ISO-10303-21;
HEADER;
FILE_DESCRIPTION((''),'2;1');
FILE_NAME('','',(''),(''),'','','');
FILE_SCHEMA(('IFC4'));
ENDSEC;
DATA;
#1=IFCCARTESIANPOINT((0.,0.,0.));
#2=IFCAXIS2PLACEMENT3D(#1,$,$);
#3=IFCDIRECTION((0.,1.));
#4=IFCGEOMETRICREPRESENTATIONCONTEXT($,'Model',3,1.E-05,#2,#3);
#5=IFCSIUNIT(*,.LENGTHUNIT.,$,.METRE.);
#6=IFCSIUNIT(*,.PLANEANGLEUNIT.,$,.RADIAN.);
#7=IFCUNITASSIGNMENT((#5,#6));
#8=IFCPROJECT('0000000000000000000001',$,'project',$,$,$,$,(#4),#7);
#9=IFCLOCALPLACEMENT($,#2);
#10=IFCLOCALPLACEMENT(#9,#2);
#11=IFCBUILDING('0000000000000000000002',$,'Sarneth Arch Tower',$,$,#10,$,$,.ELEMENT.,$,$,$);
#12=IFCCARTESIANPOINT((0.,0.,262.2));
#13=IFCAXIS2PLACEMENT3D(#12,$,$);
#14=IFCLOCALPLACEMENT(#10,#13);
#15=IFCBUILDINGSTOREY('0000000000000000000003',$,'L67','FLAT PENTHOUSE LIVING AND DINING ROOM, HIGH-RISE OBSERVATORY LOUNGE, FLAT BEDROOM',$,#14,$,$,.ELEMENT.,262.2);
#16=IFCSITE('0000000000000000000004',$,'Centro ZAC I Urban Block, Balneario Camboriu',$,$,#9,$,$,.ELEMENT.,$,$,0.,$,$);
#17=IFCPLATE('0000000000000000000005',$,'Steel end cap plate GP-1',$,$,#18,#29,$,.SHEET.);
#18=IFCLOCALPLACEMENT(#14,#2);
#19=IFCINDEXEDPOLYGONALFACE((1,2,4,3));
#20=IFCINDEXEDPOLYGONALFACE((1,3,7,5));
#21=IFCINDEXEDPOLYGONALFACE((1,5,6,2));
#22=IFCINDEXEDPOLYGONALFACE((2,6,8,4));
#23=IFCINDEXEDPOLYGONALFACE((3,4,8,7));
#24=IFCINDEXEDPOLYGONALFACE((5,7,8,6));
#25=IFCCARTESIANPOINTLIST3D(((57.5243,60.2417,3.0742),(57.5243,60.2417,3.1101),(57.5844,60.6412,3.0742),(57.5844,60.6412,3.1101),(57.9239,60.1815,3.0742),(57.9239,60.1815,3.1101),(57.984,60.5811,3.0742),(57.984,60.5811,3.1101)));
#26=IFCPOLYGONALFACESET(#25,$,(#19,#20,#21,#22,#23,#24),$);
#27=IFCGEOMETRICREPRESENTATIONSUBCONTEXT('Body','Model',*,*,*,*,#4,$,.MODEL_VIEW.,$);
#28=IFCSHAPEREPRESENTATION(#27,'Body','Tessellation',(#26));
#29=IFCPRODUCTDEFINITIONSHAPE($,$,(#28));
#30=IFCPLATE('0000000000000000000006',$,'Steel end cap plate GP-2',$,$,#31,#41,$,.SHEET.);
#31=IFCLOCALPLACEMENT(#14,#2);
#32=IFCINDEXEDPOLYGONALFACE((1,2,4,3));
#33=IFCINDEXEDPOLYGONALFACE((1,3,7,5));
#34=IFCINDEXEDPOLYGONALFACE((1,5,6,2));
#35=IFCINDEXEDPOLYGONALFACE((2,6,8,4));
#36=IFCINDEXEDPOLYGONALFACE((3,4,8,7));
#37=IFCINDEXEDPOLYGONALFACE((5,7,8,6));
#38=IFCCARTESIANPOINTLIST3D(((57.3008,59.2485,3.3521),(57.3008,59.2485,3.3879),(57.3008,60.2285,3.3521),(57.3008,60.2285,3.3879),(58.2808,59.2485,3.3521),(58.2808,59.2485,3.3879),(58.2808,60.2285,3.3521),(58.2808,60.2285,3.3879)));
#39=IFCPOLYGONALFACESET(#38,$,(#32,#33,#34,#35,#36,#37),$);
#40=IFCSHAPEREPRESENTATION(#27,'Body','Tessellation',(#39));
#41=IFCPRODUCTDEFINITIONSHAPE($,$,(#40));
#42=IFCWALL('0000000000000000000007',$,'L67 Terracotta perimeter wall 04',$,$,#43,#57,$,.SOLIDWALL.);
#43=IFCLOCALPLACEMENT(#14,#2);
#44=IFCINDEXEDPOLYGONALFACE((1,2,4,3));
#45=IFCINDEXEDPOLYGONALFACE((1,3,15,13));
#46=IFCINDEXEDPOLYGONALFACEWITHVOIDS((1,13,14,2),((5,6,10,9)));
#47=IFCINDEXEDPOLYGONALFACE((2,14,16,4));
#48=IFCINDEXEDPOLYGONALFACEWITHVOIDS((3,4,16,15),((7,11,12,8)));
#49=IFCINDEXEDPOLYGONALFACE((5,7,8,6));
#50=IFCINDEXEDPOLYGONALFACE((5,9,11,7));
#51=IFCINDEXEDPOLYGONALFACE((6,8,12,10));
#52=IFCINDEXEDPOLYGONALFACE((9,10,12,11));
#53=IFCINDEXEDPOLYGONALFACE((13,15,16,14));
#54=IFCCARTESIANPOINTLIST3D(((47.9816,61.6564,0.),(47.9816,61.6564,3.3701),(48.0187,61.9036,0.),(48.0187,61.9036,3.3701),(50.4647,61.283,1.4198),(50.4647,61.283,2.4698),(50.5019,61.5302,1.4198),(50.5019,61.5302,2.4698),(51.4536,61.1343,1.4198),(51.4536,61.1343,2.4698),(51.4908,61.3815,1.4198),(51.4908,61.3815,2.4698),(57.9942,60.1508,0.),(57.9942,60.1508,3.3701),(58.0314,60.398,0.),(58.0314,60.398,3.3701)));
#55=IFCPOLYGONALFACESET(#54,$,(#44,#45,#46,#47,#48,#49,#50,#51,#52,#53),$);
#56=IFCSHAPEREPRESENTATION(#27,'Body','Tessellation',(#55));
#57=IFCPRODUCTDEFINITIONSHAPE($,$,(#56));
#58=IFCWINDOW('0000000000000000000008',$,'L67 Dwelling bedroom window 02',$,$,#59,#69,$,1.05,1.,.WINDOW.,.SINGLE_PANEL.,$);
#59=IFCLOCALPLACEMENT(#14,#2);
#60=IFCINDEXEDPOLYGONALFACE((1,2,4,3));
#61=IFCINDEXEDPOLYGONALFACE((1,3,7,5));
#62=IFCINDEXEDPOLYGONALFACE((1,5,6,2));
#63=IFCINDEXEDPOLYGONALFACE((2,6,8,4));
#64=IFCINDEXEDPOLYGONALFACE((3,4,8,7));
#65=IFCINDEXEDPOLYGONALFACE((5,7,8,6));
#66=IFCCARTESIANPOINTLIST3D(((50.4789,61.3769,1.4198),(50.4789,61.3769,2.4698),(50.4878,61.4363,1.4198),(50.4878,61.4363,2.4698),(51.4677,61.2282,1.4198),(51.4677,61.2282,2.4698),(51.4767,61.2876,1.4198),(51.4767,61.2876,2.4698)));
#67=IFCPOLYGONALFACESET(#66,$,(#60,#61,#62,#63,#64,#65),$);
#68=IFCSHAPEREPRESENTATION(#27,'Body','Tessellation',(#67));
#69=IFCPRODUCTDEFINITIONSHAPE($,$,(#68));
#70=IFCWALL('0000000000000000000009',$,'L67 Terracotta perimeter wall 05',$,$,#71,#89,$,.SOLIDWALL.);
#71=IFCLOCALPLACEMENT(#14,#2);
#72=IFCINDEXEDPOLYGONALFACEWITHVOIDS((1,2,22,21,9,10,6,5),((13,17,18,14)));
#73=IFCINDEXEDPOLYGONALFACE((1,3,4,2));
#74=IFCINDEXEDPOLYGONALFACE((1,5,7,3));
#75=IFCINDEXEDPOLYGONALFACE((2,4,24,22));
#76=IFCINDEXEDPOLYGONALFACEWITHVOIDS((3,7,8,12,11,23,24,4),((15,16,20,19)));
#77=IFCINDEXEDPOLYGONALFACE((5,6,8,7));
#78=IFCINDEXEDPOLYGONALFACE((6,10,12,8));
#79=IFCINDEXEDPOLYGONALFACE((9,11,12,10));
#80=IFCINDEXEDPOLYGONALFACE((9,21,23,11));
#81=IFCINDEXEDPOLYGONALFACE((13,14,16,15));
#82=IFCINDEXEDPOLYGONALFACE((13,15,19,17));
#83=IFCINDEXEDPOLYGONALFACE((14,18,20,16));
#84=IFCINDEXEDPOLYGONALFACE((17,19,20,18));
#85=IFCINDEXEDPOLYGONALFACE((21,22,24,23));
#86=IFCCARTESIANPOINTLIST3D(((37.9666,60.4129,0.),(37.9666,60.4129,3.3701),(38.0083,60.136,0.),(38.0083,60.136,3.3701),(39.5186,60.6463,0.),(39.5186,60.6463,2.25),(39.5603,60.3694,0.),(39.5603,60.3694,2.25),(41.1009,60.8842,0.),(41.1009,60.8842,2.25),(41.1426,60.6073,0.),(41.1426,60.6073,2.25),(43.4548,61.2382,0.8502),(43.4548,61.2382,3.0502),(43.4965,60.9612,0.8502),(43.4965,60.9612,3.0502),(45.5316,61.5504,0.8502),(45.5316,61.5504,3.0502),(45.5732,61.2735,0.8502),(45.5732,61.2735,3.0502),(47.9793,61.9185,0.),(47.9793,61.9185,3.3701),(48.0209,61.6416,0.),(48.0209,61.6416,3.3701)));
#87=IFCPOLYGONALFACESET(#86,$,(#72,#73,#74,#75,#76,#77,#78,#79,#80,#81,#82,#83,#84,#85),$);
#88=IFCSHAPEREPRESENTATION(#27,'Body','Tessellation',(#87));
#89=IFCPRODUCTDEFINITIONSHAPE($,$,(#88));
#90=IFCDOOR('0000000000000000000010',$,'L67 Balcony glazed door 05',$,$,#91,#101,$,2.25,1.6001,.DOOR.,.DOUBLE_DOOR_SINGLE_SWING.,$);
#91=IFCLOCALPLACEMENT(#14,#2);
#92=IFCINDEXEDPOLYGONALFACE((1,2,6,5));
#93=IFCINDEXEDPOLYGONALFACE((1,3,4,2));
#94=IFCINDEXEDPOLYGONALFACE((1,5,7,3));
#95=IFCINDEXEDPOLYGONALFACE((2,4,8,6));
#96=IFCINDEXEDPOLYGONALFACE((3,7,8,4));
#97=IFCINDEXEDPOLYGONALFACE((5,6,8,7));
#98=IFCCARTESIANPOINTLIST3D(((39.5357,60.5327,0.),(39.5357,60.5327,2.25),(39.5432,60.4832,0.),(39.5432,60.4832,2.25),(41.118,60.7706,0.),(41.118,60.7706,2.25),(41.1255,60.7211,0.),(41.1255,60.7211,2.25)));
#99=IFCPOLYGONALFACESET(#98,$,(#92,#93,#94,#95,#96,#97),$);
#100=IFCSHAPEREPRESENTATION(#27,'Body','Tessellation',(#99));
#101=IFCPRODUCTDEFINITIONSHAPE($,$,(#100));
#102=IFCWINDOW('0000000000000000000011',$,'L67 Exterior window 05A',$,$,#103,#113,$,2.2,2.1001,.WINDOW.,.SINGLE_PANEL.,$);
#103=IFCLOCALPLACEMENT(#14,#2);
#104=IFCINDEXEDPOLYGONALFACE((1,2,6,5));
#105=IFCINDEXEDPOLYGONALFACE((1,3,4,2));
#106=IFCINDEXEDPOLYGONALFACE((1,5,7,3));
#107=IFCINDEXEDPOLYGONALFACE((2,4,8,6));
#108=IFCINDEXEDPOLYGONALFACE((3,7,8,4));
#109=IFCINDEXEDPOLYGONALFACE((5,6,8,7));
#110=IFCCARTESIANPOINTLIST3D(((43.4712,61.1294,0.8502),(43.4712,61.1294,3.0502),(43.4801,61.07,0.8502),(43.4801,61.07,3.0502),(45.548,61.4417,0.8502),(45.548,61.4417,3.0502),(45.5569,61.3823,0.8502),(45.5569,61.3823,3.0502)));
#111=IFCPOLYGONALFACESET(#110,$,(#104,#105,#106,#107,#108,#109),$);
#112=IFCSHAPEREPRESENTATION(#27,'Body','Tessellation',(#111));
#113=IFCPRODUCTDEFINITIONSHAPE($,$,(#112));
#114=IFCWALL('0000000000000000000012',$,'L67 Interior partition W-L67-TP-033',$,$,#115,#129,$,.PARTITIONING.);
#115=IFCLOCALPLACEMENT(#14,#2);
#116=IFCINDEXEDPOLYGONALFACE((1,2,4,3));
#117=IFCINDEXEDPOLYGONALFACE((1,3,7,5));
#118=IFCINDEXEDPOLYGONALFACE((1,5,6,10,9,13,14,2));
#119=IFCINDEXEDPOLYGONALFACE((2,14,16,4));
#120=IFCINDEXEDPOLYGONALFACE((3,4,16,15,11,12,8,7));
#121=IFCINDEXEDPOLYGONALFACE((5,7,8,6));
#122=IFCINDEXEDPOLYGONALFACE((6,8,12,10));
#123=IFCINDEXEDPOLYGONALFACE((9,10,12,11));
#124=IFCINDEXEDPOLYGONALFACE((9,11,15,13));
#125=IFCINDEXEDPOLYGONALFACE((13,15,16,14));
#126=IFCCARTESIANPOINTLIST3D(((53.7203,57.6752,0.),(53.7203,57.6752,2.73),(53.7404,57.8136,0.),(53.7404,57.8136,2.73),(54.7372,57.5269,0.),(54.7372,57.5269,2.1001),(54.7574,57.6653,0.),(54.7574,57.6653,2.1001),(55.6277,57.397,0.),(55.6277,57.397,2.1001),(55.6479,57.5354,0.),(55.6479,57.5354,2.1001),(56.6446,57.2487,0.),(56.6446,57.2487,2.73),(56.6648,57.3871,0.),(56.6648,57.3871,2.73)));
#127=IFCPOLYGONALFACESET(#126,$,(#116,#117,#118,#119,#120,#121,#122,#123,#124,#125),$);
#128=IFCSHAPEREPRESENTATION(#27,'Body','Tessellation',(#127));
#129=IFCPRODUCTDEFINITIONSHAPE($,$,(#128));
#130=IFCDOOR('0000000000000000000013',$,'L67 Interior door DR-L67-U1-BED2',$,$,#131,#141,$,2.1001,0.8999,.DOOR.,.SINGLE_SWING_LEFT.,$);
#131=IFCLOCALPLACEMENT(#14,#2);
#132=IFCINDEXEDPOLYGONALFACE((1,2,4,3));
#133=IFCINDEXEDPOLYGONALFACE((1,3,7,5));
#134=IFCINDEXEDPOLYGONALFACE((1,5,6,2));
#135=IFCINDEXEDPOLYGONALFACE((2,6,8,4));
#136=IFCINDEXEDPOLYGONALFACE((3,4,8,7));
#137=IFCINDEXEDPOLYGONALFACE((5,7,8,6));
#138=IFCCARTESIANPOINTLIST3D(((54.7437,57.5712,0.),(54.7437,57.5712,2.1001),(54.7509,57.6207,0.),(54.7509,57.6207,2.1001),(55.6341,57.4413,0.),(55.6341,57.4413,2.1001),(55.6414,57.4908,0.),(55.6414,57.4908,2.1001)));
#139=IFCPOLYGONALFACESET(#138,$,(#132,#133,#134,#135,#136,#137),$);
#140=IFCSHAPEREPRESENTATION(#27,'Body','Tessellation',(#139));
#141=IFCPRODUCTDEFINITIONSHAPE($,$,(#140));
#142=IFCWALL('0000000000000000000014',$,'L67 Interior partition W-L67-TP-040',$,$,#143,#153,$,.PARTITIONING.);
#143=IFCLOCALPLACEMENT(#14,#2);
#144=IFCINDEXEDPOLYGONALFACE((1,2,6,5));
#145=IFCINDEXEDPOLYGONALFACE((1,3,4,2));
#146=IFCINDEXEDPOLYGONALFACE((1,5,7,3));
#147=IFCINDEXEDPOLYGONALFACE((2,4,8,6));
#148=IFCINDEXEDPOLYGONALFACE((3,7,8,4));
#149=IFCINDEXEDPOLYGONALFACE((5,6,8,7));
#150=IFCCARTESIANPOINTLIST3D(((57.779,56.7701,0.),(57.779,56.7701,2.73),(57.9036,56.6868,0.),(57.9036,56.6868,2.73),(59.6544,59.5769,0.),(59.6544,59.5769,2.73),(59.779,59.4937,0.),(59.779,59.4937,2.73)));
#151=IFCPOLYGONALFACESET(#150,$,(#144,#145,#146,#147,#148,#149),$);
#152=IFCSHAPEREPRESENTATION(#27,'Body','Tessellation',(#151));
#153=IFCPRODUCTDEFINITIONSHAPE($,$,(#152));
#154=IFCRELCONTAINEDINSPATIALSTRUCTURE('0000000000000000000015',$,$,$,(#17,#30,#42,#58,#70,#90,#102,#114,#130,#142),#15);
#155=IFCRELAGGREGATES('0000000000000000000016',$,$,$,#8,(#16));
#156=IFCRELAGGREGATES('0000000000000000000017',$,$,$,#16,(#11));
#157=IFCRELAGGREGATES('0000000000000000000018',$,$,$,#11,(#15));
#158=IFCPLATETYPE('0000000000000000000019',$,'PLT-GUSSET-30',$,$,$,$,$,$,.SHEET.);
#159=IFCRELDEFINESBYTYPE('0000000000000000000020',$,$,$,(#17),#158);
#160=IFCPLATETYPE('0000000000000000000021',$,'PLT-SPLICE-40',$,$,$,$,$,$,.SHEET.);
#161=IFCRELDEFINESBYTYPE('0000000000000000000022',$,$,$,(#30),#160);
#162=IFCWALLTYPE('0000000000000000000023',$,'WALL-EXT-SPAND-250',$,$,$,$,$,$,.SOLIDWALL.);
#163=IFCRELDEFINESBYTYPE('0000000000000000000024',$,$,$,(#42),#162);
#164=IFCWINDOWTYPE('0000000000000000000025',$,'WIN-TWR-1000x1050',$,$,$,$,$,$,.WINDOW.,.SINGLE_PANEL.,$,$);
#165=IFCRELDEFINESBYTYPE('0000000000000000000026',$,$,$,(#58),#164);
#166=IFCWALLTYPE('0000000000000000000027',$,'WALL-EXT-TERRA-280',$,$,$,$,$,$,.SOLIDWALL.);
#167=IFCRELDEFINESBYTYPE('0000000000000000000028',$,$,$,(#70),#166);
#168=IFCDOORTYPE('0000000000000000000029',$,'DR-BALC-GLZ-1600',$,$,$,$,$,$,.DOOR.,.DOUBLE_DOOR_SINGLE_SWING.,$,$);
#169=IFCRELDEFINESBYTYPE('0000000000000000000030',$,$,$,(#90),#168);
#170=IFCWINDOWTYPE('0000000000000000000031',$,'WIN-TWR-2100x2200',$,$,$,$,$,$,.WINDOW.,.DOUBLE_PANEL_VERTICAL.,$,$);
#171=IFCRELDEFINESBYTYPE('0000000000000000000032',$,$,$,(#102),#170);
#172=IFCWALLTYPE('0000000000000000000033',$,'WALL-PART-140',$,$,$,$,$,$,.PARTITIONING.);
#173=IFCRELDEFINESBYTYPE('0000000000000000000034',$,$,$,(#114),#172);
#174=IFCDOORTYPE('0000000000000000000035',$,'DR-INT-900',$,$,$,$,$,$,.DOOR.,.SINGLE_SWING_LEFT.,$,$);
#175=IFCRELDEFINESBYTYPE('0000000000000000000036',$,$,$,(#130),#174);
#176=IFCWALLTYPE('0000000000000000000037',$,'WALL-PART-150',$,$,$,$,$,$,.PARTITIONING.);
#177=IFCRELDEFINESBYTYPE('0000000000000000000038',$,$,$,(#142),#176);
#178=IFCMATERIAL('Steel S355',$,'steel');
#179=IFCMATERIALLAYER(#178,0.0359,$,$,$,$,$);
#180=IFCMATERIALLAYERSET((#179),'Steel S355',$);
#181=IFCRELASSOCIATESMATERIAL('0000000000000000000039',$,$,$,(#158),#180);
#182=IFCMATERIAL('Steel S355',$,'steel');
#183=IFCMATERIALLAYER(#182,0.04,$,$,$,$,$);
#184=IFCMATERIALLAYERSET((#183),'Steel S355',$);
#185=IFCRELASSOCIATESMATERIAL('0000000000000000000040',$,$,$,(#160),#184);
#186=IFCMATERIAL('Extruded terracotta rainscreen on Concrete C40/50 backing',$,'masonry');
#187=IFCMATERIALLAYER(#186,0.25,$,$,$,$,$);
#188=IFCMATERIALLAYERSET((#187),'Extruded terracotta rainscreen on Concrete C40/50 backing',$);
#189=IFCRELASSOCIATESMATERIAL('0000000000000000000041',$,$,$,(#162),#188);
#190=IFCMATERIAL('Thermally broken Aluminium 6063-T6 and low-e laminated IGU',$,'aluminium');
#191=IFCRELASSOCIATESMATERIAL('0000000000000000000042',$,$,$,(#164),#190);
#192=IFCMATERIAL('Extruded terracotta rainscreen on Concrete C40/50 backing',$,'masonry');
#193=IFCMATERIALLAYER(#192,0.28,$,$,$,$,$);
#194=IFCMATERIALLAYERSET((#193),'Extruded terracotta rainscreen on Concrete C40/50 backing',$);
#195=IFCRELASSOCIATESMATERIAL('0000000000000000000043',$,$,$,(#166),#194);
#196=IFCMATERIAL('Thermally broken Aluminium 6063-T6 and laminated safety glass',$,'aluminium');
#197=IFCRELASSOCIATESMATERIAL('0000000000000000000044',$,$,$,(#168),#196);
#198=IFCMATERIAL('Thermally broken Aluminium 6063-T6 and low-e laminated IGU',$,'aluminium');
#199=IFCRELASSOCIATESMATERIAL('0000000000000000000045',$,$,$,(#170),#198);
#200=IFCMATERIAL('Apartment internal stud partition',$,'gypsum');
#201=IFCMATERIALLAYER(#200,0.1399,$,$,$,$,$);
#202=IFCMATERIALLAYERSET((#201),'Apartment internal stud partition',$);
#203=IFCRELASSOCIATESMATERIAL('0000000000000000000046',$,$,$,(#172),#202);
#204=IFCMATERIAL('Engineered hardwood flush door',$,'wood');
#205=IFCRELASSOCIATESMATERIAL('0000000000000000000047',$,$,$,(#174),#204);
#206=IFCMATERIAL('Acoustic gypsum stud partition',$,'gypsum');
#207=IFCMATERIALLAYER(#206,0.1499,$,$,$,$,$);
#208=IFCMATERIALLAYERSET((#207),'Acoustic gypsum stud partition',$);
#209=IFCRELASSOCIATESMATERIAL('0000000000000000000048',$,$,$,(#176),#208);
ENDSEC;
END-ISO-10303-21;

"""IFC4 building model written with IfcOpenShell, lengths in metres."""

from ifc_helpers import new_model, si_unit, direction, frame, frame_2d, origin, origin_2d, place, context, subcontext, project, spatial, rectangle, extrude, material, layer, layer_set, type_object, element, fill, save


model = new_model("IFC4")

# Units and contexts
model_context = context("Model", 3, precision=1e-05, world=origin(), true_north=direction((0.0, 1.0)))
body_context = subcontext(model_context, "Body", "Model", "MODEL_VIEW")
ifc_project = project(units=[si_unit("LENGTHUNIT", "METRE"), si_unit("PLANEANGLEUNIT", "RADIAN")], contexts=[model_context])

# Site, building, storey
site_placement = place(None, origin())
site = spatial("IfcSite", under=ifc_project, at=site_placement, Name="Centro ZAC I Urban Block, Balneario Camboriu", CompositionType="ELEMENT", RefElevation=0.0)
building_placement = place(site_placement, origin())
building = spatial("IfcBuilding", under=site, at=building_placement, Name="Sarneth Arch Tower", CompositionType="ELEMENT")
storey_placement = place(building_placement, frame((0.0, 0.0, 262.2)))
storey = spatial("IfcBuildingStorey", under=building, at=storey_placement, Name="L67", Description="FLAT PENTHOUSE LIVING AND DINING ROOM, HIGH-RISE OBSERVATORY LOUNGE, FLAT BEDROOM", CompositionType="ELEMENT", Elevation=262.2)

# Plates
ifc_material_1 = material(Name="Steel S355", Category="steel")
ifc_layer_1 = layer(ifc_material_1, 0.0359)
ifc_layer_set_1 = layer_set([ifc_layer_1], Name="Steel S355")
plate_type_1 = type_object("IfcPlateType", Name="PLT-GUSSET-30", PredefinedType="SHEET", material=ifc_layer_set_1)
for number, where, z_axis, x_axis, name in (
    (1, (57.7542, 60.4114, 3.0742), (0.0, 0.0, 1.0), (-0.988861, 0.148845, 0.0), "Steel end cap plate GP-1"),
):
    element("IfcPlate", number, at=place(storey_placement, frame(where, z_axis=z_axis, x_axis=x_axis)), inside=storey, type_object=plate_type_1, Name=name, PredefinedType="SHEET", context=body_context, shape_type="SweptSolid", body=[
        extrude(rectangle(XDim=0.4041, YDim=0.4041, at=origin_2d()), origin(), (0.0, 0.0, 1.0), 0.0359),
    ])
ifc_material_2 = material(Name="Steel S355", Category="steel")
ifc_layer_2 = layer(ifc_material_2, 0.04)
ifc_layer_set_2 = layer_set([ifc_layer_2], Name="Steel S355")
plate_type_2 = type_object("IfcPlateType", Name="PLT-SPLICE-40", PredefinedType="SHEET", material=ifc_layer_set_2)
plate_placement = place(storey_placement, frame((57.7908, 59.7385, 3.3521), z_axis=(0.0, 0.0, 1.0), x_axis=(1.0, 0.0, 0.0)))
element("IfcPlate", 2, at=plate_placement, inside=storey, type_object=plate_type_2, Name="Steel end cap plate GP-2", PredefinedType="SHEET", context=body_context, shape_type="SweptSolid", body=[
    extrude(rectangle(XDim=0.98, YDim=0.98, at=origin_2d()), origin(), (0.0, 0.0, 1.0), 0.0359),
])

# Wall, opening, window
ifc_material_3 = material(Name="Extruded terracotta rainscreen on Concrete C40/50 backing", Category="masonry")
ifc_layer_3 = layer(ifc_material_3, 0.25)
ifc_layer_set_3 = layer_set([ifc_layer_3], Name="Extruded terracotta rainscreen on Concrete C40/50 backing")
wall_type_1 = type_object("IfcWallType", Name="WALL-EXT-SPAND-250", PredefinedType="SOLIDWALL", material=ifc_layer_set_3)
wall_1_placement = place(storey_placement, frame((58.0127, 60.2744, 0.0), z_axis=(0.0, 0.0, 1.0), x_axis=(-0.988883, 0.148699, 0.0)))
wall_1 = element("IfcWall", 3, at=wall_1_placement, inside=storey, type_object=wall_type_1, Name="L67 Terracotta perimeter wall 04", PredefinedType="SOLIDWALL", context=body_context, shape_type="SweptSolid", body=[
    extrude(rectangle(XDim=10.1252, YDim=0.25, at=frame_2d((5.0625, 0.0))), origin(), (0.0, 0.0, 1.0), 3.3701),
])
opening_1_placement = place(wall_1_placement, frame((6.614, 0.0, 1.4199)))
opening_1 = element("IfcOpeningElement", 4, at=opening_1_placement, cuts=wall_1, PredefinedType="OPENING", context=body_context, shape_type="SweptSolid", body=[
    extrude(rectangle(XDim=1.0, YDim=1.05, at=frame_2d((0.5, 0.5249))), frame((0.0, 0.135, 0.0), z_axis=(0.0, -1.0, 0.0), x_axis=(1.0, 0.0, 0.0)), (0.0, 0.0, 1.0), 0.27),
])
ifc_material_4 = material(Name="Thermally broken Aluminium 6063-T6 and low-e laminated IGU", Category="aluminium")
window_type_1 = type_object("IfcWindowType", Name="WIN-TWR-1000x1050", PartitioningType="SINGLE_PANEL", PredefinedType="WINDOW", material=ifc_material_4)
window_1_placement = place(opening_1_placement, origin())
window_1 = element("IfcWindow", 5, at=window_1_placement, inside=storey, type_object=window_type_1, Name="L67 Dwelling bedroom window 02", OverallHeight=1.05, OverallWidth=1.0, PartitioningType="SINGLE_PANEL", PredefinedType="WINDOW", context=body_context, shape_type="SweptSolid", body=[
    extrude(rectangle(XDim=1.0, YDim=1.05, at=frame_2d((0.5, 0.5249))), frame((0.0, 0.03, 0.0), z_axis=(0.0, -1.0, 0.0), x_axis=(1.0, 0.0, 0.0)), (0.0, 0.0, 1.0), 0.0601),
])
fill(opening_1, window_1)

# Wall, openings, door, window
ifc_material_5 = material(Name="Extruded terracotta rainscreen on Concrete C40/50 backing", Category="masonry")
ifc_layer_4 = layer(ifc_material_5, 0.28)
ifc_layer_set_4 = layer_set([ifc_layer_4], Name="Extruded terracotta rainscreen on Concrete C40/50 backing")
wall_type_2 = type_object("IfcWallType", Name="WALL-EXT-TERRA-280", PredefinedType="SOLIDWALL", material=ifc_layer_set_4)
wall_2_placement = place(storey_placement, frame((48.0, 61.78, 0.0), z_axis=(0.0, 0.0, 1.0), x_axis=(-0.988883, -0.148699, 0.0)))
wall_2 = element("IfcWall", 6, at=wall_2_placement, inside=storey, type_object=wall_type_2, Name="L67 Terracotta perimeter wall 05", PredefinedType="SOLIDWALL", context=body_context, shape_type="SweptSolid", body=[
    extrude(rectangle(XDim=10.1252, YDim=0.28, at=frame_2d((5.0625, 0.0))), origin(), (0.0, 0.0, 1.0), 3.3701),
])
opening_2_placement = place(wall_2_placement, frame((2.4751, 0.0, 0.8501)))
opening_2 = element("IfcOpeningElement", 7, at=opening_2_placement, cuts=wall_2, PredefinedType="OPENING", context=body_context, shape_type="SweptSolid", body=[
    extrude(rectangle(XDim=2.1001, YDim=2.2, at=frame_2d((1.05, 1.1001))), frame((0.0, 0.1499, 0.0), z_axis=(0.0, -1.0, 0.0), x_axis=(1.0, 0.0, 0.0)), (0.0, 0.0, 1.0), 0.3),
])
opening_3_placement = place(wall_2_placement, frame((6.9556, 0.0, 0.0)))
opening_3 = element("IfcOpeningElement", 8, at=opening_3_placement, cuts=wall_2, PredefinedType="OPENING", context=body_context, shape_type="SweptSolid", body=[
    extrude(rectangle(XDim=1.6001, YDim=2.25, at=frame_2d((0.8, 1.125))), frame((0.0, 0.1499, 0.0), z_axis=(0.0, -1.0, 0.0), x_axis=(1.0, 0.0, 0.0)), (0.0, 0.0, 1.0), 0.3),
])
ifc_material_6 = material(Name="Thermally broken Aluminium 6063-T6 and laminated safety glass", Category="aluminium")
door_type_1 = type_object("IfcDoorType", Name="DR-BALC-GLZ-1600", OperationType="DOUBLE_DOOR_SINGLE_SWING", PredefinedType="DOOR", material=ifc_material_6)
door_1_placement = place(opening_3_placement, origin())
door_1 = element("IfcDoor", 9, at=door_1_placement, inside=storey, type_object=door_type_1, Name="L67 Balcony glazed door 05", OperationType="DOUBLE_DOOR_SINGLE_SWING", OverallHeight=2.25, OverallWidth=1.6001, PredefinedType="DOOR", context=body_context, shape_type="SweptSolid", body=[
    extrude(rectangle(XDim=1.6001, YDim=2.25, at=frame_2d((0.8, 1.125))), frame((0.0, 0.0249, 0.0), z_axis=(0.0, -1.0, 0.0), x_axis=(1.0, 0.0, 0.0)), (0.0, 0.0, 1.0), 0.05),
])
fill(opening_3, door_1)
ifc_material_7 = material(Name="Thermally broken Aluminium 6063-T6 and low-e laminated IGU", Category="aluminium")
window_type_2 = type_object("IfcWindowType", Name="WIN-TWR-2100x2200", PartitioningType="DOUBLE_PANEL_VERTICAL", PredefinedType="WINDOW", material=ifc_material_7)
window_2_placement = place(opening_2_placement, origin())
window_2 = element("IfcWindow", 10, at=window_2_placement, inside=storey, type_object=window_type_2, Name="L67 Exterior window 05A", OverallHeight=2.2, OverallWidth=2.1001, PartitioningType="SINGLE_PANEL", PredefinedType="WINDOW", context=body_context, shape_type="SweptSolid", body=[
    extrude(rectangle(XDim=2.1001, YDim=2.2, at=frame_2d((1.05, 1.1001))), frame((0.0, 0.03, 0.0), z_axis=(0.0, -1.0, 0.0), x_axis=(1.0, 0.0, 0.0)), (0.0, 0.0, 1.0), 0.0601),
])
fill(opening_2, window_2)

# Wall, opening, door
ifc_material_8 = material(Name="Apartment internal stud partition", Category="gypsum")
ifc_layer_5 = layer(ifc_material_8, 0.1399)
ifc_layer_set_5 = layer_set([ifc_layer_5], Name="Apartment internal stud partition")
wall_type_3 = type_object("IfcWallType", Name="WALL-PART-140", PredefinedType="PARTITIONING", material=ifc_layer_set_5)
wall_3_placement = place(storey_placement, frame((53.7305, 57.7444, 0.0), z_axis=(0.0, 0.0, 1.0), x_axis=(0.989531, -0.144324, 0.0)))
wall_3 = element("IfcWall", 11, at=wall_3_placement, inside=storey, type_object=wall_type_3, Name="L67 Interior partition W-L67-TP-033", PredefinedType="PARTITIONING", context=body_context, shape_type="SweptSolid", body=[
    extrude(rectangle(XDim=2.9553, YDim=0.1399, at=frame_2d((1.4775, 0.0))), origin(), (0.0, 0.0, 1.0), 2.73),
])
opening_4_placement = place(wall_3_placement, frame((1.0276, 0.0, 0.0)))
opening_4 = element("IfcOpeningElement", 12, at=opening_4_placement, cuts=wall_3, PredefinedType="OPENING", context=body_context, shape_type="SweptSolid", body=[
    extrude(rectangle(XDim=0.8999, YDim=2.1001, at=frame_2d((0.45, 1.05))), frame((0.0, 0.0798, 0.0), z_axis=(0.0, -1.0, 0.0), x_axis=(1.0, 0.0, 0.0)), (0.0, 0.0, 1.0), 0.1599),
])
ifc_material_9 = material(Name="Engineered hardwood flush door", Category="wood")
door_type_2 = type_object("IfcDoorType", Name="DR-INT-900", OperationType="SINGLE_SWING_LEFT", PredefinedType="DOOR", material=ifc_material_9)
door_2_placement = place(opening_4_placement, origin())
door_2 = element("IfcDoor", 13, at=door_2_placement, inside=storey, type_object=door_type_2, Name="L67 Interior door DR-L67-U1-BED2", OperationType="SINGLE_SWING_LEFT", OverallHeight=2.1001, OverallWidth=0.8999, PredefinedType="DOOR", context=body_context, shape_type="SweptSolid", body=[
    extrude(rectangle(XDim=0.8999, YDim=2.1001, at=frame_2d((0.45, 1.05))), frame((0.0, 0.0249, 0.0), z_axis=(0.0, -1.0, 0.0), x_axis=(1.0, 0.0, 0.0)), (0.0, 0.0, 1.0), 0.05),
])
fill(opening_4, door_2)

# Wall
ifc_material_10 = material(Name="Acoustic gypsum stud partition", Category="gypsum")
ifc_layer_6 = layer(ifc_material_10, 0.1499)
ifc_layer_set_6 = layer_set([ifc_layer_6], Name="Acoustic gypsum stud partition")
wall_type_4 = type_object("IfcWallType", Name="WALL-PART-150", PredefinedType="PARTITIONING", material=ifc_layer_set_6)
wall_4_placement = place(storey_placement, frame((59.7168, 59.5354, 0.0), z_axis=(0.0, 0.0, 1.0), x_axis=(-0.555568, -0.831471, 0.0)))
element("IfcWall", 14, at=wall_4_placement, inside=storey, type_object=wall_type_4, Name="L67 Interior partition W-L67-TP-040", PredefinedType="PARTITIONING", context=body_context, shape_type="SweptSolid", body=[
    extrude(rectangle(XDim=3.3757, YDim=0.1499, at=frame_2d((1.688, 0.0))), origin(), (0.0, 0.0, 1.0), 2.73),
])

save(model, "model.ifc")
